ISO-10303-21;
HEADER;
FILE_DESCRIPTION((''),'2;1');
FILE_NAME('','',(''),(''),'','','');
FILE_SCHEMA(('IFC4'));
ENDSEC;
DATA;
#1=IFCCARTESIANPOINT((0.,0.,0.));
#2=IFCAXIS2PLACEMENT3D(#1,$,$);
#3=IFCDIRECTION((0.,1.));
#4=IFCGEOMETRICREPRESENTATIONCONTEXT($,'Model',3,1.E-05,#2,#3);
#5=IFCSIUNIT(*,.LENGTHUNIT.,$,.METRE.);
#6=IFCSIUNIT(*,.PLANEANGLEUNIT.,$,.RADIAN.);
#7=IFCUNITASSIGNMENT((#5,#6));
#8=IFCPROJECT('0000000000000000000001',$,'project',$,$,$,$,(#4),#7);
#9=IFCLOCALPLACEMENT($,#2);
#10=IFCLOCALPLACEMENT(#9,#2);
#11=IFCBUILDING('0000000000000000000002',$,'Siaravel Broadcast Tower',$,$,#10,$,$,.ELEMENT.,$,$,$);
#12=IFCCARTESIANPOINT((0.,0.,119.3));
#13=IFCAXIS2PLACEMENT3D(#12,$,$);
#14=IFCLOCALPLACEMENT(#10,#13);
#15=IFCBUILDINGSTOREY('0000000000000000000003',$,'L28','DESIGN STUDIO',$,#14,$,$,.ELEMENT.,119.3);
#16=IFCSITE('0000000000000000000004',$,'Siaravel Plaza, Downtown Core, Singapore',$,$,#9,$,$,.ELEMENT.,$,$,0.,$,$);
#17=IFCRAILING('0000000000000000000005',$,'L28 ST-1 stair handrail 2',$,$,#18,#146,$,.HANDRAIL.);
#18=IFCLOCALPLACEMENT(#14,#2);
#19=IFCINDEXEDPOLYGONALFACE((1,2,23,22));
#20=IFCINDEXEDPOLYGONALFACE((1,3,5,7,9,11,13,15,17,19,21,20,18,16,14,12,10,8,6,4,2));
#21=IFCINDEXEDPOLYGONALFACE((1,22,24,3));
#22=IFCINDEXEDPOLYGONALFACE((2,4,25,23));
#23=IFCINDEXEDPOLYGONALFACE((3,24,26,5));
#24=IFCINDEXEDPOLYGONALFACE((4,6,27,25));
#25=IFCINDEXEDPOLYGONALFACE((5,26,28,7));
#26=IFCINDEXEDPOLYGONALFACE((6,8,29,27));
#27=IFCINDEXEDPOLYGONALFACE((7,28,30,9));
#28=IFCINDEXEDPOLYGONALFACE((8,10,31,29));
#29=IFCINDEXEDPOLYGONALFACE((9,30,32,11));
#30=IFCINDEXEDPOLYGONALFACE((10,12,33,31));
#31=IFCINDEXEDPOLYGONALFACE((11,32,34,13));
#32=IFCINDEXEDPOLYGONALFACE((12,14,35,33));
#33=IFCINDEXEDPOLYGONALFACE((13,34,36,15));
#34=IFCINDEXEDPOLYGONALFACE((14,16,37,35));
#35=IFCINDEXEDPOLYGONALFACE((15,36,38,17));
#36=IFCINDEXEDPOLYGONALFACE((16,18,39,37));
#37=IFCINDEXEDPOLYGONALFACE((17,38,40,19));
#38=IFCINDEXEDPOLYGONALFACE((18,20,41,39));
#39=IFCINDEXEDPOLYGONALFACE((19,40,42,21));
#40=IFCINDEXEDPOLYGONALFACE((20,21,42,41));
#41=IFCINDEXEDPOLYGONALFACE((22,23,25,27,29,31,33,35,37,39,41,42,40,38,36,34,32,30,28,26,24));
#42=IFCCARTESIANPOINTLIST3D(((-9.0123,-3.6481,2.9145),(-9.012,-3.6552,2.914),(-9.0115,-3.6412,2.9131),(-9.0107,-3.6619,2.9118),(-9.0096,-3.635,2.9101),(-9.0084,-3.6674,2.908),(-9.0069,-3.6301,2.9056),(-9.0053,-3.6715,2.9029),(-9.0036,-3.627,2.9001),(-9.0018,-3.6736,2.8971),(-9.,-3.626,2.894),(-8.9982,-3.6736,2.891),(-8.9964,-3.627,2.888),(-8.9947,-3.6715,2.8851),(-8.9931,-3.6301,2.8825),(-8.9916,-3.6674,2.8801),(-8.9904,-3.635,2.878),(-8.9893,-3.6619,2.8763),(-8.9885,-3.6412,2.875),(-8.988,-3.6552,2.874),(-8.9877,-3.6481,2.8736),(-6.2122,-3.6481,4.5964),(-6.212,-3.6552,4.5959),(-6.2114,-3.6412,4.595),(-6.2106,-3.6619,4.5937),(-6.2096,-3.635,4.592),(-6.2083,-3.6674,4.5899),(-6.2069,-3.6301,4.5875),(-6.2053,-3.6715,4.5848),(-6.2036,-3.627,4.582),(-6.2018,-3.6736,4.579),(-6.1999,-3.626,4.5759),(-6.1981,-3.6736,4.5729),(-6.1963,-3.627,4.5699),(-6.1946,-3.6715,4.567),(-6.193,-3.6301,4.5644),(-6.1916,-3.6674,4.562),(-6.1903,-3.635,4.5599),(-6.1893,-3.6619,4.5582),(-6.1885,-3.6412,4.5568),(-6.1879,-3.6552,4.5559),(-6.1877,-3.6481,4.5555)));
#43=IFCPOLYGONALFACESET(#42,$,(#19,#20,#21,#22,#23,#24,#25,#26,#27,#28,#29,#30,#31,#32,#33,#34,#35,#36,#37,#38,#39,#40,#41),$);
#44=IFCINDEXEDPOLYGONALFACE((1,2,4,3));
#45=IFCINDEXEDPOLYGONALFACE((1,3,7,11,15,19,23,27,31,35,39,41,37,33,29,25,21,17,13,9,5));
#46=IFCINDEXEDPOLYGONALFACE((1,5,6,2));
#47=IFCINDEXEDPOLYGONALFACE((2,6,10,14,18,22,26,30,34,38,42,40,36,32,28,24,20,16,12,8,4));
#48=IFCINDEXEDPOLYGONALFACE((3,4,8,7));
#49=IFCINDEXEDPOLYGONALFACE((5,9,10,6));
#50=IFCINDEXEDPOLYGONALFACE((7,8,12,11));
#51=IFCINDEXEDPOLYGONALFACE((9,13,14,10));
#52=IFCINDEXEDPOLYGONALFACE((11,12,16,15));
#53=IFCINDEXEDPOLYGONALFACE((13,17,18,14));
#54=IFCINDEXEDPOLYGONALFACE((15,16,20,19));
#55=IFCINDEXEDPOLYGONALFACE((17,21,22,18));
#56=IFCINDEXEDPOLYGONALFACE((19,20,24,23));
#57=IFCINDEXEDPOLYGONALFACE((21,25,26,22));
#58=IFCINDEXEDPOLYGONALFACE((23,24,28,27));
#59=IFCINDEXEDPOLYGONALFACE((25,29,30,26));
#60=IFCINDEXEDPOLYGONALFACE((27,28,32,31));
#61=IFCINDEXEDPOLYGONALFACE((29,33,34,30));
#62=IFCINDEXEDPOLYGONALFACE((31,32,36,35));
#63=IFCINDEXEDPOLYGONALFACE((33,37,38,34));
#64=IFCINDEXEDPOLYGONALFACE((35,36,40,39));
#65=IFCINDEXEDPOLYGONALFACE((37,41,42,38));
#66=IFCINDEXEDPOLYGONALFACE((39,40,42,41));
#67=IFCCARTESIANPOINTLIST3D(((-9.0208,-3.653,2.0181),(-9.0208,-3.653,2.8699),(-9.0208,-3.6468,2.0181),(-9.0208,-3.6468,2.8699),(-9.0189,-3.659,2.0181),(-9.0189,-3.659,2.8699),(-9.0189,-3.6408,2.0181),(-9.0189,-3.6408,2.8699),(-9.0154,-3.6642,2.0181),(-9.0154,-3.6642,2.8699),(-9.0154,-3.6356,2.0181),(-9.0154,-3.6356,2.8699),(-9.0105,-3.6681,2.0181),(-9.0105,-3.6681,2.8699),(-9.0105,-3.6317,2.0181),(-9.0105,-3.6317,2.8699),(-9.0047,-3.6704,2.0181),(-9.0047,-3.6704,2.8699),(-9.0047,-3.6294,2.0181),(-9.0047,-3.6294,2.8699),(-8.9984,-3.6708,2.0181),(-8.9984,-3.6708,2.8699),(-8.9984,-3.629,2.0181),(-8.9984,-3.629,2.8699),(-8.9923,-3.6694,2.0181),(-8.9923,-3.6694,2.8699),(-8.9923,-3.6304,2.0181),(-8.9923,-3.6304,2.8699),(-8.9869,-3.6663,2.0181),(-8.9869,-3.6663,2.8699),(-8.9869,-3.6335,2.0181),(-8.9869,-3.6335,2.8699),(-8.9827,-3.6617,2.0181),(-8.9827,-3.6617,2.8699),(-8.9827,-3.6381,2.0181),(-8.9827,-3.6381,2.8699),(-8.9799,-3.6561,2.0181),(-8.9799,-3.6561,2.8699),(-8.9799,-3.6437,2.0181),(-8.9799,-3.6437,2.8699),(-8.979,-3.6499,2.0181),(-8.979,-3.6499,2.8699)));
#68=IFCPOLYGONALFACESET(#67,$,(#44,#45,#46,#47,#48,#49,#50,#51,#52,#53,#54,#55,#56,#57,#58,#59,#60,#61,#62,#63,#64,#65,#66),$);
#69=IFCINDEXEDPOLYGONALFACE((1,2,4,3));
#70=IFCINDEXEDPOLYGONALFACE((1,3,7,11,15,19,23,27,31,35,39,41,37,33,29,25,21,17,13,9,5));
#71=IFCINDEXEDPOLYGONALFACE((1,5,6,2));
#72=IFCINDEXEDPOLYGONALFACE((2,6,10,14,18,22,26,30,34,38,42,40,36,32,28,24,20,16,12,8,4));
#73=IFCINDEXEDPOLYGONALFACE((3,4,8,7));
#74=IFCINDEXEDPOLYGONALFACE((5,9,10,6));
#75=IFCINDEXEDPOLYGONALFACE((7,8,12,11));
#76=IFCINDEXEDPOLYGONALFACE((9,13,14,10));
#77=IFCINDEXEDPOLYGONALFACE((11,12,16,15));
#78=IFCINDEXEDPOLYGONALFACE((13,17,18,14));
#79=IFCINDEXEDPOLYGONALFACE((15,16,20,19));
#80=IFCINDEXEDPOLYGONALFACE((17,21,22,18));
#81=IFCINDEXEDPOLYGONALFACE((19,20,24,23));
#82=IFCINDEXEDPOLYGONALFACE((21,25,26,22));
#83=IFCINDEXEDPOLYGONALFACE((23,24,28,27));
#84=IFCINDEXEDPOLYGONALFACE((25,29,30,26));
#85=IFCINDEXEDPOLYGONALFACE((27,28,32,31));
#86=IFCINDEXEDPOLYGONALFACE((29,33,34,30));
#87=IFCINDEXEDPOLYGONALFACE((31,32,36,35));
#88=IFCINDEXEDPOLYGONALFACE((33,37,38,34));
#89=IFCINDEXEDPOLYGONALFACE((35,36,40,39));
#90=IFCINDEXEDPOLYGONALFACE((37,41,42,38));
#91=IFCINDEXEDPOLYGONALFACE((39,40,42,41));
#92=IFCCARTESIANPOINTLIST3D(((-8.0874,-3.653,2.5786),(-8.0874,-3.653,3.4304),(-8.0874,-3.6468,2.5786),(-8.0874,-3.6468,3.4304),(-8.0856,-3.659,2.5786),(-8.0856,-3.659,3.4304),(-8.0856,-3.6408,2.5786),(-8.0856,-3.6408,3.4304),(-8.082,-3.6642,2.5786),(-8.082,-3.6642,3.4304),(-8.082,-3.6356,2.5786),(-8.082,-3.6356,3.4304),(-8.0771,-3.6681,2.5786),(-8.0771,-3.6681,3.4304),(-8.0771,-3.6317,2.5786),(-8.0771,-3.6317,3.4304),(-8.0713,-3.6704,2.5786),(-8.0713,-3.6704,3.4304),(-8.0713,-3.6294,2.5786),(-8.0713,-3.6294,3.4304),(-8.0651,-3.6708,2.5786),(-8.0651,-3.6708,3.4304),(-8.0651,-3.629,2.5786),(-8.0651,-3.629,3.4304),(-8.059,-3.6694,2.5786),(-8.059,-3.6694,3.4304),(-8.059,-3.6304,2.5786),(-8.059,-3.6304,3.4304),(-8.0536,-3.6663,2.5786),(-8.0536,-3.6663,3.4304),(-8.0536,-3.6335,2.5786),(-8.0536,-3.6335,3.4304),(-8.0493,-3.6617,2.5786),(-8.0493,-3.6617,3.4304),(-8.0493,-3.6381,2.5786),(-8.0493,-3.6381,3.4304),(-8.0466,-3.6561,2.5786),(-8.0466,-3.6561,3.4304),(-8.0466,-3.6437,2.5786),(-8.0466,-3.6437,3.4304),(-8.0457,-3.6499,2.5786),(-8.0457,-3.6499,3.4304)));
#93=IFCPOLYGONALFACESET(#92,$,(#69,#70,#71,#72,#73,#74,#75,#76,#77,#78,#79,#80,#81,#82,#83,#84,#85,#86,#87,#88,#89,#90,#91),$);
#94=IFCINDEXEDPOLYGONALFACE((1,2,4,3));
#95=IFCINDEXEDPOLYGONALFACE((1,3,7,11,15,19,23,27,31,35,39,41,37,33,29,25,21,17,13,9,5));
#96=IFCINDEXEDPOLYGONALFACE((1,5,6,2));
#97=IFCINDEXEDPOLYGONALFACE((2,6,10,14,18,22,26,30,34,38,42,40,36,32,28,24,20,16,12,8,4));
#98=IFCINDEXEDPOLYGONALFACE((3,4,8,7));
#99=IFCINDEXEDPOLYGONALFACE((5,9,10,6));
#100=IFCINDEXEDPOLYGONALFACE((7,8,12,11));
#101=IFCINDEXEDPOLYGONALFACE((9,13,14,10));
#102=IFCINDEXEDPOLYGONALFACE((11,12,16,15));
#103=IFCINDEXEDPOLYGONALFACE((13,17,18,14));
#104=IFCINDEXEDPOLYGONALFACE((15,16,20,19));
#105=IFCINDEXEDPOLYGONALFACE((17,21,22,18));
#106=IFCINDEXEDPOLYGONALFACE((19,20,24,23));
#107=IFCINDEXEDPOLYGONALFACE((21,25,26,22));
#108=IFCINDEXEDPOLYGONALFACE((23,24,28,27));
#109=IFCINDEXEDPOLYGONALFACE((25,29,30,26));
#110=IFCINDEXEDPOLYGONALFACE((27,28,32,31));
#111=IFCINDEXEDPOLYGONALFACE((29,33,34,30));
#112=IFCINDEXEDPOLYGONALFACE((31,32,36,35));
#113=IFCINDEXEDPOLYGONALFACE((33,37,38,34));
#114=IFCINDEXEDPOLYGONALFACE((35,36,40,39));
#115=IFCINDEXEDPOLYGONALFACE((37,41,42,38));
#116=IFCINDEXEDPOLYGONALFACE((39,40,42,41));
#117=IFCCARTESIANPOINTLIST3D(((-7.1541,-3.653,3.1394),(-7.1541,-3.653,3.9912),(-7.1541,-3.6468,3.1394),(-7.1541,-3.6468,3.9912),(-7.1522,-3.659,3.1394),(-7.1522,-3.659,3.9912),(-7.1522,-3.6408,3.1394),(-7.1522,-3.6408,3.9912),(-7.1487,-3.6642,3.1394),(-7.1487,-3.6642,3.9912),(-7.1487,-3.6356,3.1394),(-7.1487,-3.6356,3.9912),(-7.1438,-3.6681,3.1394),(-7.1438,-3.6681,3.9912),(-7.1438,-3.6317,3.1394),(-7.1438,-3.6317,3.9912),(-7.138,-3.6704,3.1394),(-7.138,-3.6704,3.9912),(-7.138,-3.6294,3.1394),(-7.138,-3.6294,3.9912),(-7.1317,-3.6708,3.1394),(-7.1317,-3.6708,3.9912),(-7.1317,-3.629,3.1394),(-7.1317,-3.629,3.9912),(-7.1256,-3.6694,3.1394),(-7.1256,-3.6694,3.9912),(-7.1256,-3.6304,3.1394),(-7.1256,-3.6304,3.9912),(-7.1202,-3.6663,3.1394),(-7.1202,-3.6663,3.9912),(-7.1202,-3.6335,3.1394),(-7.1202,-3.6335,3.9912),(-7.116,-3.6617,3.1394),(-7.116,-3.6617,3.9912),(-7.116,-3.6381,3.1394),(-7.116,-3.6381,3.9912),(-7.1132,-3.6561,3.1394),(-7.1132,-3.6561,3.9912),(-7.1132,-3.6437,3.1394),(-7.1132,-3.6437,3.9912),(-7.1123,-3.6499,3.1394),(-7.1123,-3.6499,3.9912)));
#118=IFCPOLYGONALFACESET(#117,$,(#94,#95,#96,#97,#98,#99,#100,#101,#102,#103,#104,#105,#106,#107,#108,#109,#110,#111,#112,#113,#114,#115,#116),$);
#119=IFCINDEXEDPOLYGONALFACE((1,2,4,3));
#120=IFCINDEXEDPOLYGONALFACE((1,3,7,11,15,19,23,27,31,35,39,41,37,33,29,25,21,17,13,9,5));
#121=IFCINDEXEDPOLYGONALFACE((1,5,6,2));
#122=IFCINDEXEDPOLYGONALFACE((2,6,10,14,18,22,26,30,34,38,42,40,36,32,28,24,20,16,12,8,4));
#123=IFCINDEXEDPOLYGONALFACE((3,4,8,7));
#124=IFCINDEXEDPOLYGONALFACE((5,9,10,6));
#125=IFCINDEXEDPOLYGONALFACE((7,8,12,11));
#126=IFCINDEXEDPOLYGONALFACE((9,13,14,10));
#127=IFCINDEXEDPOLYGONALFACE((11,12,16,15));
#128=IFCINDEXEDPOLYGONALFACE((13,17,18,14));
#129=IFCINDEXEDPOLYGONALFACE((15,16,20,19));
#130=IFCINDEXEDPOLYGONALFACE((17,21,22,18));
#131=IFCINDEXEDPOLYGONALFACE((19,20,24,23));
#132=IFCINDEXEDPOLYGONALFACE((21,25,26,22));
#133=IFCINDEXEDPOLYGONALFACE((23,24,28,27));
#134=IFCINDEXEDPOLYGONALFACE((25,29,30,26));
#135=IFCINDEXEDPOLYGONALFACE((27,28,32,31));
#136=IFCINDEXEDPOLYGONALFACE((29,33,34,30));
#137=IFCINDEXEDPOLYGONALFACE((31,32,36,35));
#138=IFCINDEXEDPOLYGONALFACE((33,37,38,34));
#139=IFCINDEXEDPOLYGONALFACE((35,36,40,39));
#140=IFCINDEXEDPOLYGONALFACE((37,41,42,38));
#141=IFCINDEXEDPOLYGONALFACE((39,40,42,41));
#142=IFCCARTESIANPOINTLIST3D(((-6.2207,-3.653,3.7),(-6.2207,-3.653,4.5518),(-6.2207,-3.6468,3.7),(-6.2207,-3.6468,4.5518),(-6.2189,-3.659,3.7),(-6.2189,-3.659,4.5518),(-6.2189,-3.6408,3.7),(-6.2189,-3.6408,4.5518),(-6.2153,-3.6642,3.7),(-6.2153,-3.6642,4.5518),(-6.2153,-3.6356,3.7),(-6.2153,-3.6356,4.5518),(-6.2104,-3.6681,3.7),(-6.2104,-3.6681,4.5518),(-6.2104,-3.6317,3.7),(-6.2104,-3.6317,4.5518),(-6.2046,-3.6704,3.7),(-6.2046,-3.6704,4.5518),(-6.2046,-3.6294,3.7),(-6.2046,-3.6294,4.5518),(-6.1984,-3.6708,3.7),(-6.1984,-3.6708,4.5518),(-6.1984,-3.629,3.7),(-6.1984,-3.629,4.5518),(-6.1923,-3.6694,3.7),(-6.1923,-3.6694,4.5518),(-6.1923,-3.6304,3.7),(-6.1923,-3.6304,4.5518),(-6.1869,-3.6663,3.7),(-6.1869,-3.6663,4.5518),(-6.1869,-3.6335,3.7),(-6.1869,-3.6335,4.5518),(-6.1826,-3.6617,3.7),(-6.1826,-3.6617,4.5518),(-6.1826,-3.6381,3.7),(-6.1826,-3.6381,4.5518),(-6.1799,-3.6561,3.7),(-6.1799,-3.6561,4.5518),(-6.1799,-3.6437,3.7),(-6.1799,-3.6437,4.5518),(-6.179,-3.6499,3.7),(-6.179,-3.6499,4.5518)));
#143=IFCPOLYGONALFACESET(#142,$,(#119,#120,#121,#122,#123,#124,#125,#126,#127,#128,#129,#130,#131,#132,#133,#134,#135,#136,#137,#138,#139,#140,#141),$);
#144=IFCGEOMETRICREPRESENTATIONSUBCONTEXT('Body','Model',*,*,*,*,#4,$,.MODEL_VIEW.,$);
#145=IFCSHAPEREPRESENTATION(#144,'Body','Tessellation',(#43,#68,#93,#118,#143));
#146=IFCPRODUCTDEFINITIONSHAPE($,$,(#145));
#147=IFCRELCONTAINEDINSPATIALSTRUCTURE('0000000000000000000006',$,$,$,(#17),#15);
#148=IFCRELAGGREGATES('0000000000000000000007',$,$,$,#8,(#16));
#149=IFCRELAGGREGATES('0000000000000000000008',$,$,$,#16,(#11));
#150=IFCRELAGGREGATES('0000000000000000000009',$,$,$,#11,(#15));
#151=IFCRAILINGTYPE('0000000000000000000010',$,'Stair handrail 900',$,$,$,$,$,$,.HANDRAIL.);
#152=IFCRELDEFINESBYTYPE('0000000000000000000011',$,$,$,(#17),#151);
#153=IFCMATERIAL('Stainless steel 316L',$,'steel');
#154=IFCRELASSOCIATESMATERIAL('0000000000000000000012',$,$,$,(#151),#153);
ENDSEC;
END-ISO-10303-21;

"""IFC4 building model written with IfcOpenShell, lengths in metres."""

from ifc_helpers import new_model, si_unit, direction, frame, origin, origin_2d, place, context, subcontext, project, spatial, circle, extrude, material, type_object, element, save


model = new_model("IFC4")

# Units and contexts
model_context = context("Model", 3, precision=1e-05, world=origin(), true_north=direction((0.0, 1.0)))
body_context = subcontext(model_context, "Body", "Model", "MODEL_VIEW")
ifc_project = project(units=[si_unit("LENGTHUNIT", "METRE"), si_unit("PLANEANGLEUNIT", "RADIAN")], contexts=[model_context])

# Site, building, storey
site_placement = place(None, origin())
site = spatial("IfcSite", under=ifc_project, at=site_placement, Name="Siaravel Plaza, Downtown Core, Singapore", CompositionType="ELEMENT", RefElevation=0.0)
building_placement = place(site_placement, origin())
building = spatial("IfcBuilding", under=site, at=building_placement, Name="Siaravel Broadcast Tower", CompositionType="ELEMENT")
storey_placement = place(building_placement, frame((0.0, 0.0, 119.3)))
storey = spatial("IfcBuildingStorey", under=building, at=storey_placement, Name="L28", Description="DESIGN STUDIO", CompositionType="ELEMENT", Elevation=119.3)

# Shared definitions
ifc_material_1 = material(Name="Stainless steel 316L", Category="steel")

# Railing
railing_type_1 = type_object("IfcRailingType", Name="Stair handrail 900", PredefinedType="HANDRAIL", material=ifc_material_1)
railing_1_placement = place(storey_placement, frame((-9.0, -3.6499, 2.0181)))
element("IfcRailing", 1, at=railing_1_placement, inside=storey, type_object=railing_type_1, Name="L28 ST-1 stair handrail 2", PredefinedType="HANDRAIL", context=body_context, shape_type="SweptSolid", body=[
    extrude(circle(Radius=0.0239, at=origin_2d()), frame((0.0, 0.0, 0.876), z_axis=(0.857242, 0.0, 0.514913), x_axis=(0.0, 1.0, 0.0)), (0.0, 0.0, 1.0), 3.2664),
    extrude(circle(Radius=0.021, at=origin_2d()), origin(), (0.0, 0.0, 1.0), 0.8518),
    extrude(circle(Radius=0.021, at=origin_2d()), frame((0.9333, 0.0, 0.5605)), (0.0, 0.0, 1.0), 0.8518),
    extrude(circle(Radius=0.021, at=origin_2d()), frame((1.8667, 0.0, 1.1213)), (0.0, 0.0, 1.0), 0.8518),
    extrude(circle(Radius=0.021, at=origin_2d()), frame((2.8, 0.0, 1.6819)), (0.0, 0.0, 1.0), 0.8518),
])

save(model, "model.ifc")
